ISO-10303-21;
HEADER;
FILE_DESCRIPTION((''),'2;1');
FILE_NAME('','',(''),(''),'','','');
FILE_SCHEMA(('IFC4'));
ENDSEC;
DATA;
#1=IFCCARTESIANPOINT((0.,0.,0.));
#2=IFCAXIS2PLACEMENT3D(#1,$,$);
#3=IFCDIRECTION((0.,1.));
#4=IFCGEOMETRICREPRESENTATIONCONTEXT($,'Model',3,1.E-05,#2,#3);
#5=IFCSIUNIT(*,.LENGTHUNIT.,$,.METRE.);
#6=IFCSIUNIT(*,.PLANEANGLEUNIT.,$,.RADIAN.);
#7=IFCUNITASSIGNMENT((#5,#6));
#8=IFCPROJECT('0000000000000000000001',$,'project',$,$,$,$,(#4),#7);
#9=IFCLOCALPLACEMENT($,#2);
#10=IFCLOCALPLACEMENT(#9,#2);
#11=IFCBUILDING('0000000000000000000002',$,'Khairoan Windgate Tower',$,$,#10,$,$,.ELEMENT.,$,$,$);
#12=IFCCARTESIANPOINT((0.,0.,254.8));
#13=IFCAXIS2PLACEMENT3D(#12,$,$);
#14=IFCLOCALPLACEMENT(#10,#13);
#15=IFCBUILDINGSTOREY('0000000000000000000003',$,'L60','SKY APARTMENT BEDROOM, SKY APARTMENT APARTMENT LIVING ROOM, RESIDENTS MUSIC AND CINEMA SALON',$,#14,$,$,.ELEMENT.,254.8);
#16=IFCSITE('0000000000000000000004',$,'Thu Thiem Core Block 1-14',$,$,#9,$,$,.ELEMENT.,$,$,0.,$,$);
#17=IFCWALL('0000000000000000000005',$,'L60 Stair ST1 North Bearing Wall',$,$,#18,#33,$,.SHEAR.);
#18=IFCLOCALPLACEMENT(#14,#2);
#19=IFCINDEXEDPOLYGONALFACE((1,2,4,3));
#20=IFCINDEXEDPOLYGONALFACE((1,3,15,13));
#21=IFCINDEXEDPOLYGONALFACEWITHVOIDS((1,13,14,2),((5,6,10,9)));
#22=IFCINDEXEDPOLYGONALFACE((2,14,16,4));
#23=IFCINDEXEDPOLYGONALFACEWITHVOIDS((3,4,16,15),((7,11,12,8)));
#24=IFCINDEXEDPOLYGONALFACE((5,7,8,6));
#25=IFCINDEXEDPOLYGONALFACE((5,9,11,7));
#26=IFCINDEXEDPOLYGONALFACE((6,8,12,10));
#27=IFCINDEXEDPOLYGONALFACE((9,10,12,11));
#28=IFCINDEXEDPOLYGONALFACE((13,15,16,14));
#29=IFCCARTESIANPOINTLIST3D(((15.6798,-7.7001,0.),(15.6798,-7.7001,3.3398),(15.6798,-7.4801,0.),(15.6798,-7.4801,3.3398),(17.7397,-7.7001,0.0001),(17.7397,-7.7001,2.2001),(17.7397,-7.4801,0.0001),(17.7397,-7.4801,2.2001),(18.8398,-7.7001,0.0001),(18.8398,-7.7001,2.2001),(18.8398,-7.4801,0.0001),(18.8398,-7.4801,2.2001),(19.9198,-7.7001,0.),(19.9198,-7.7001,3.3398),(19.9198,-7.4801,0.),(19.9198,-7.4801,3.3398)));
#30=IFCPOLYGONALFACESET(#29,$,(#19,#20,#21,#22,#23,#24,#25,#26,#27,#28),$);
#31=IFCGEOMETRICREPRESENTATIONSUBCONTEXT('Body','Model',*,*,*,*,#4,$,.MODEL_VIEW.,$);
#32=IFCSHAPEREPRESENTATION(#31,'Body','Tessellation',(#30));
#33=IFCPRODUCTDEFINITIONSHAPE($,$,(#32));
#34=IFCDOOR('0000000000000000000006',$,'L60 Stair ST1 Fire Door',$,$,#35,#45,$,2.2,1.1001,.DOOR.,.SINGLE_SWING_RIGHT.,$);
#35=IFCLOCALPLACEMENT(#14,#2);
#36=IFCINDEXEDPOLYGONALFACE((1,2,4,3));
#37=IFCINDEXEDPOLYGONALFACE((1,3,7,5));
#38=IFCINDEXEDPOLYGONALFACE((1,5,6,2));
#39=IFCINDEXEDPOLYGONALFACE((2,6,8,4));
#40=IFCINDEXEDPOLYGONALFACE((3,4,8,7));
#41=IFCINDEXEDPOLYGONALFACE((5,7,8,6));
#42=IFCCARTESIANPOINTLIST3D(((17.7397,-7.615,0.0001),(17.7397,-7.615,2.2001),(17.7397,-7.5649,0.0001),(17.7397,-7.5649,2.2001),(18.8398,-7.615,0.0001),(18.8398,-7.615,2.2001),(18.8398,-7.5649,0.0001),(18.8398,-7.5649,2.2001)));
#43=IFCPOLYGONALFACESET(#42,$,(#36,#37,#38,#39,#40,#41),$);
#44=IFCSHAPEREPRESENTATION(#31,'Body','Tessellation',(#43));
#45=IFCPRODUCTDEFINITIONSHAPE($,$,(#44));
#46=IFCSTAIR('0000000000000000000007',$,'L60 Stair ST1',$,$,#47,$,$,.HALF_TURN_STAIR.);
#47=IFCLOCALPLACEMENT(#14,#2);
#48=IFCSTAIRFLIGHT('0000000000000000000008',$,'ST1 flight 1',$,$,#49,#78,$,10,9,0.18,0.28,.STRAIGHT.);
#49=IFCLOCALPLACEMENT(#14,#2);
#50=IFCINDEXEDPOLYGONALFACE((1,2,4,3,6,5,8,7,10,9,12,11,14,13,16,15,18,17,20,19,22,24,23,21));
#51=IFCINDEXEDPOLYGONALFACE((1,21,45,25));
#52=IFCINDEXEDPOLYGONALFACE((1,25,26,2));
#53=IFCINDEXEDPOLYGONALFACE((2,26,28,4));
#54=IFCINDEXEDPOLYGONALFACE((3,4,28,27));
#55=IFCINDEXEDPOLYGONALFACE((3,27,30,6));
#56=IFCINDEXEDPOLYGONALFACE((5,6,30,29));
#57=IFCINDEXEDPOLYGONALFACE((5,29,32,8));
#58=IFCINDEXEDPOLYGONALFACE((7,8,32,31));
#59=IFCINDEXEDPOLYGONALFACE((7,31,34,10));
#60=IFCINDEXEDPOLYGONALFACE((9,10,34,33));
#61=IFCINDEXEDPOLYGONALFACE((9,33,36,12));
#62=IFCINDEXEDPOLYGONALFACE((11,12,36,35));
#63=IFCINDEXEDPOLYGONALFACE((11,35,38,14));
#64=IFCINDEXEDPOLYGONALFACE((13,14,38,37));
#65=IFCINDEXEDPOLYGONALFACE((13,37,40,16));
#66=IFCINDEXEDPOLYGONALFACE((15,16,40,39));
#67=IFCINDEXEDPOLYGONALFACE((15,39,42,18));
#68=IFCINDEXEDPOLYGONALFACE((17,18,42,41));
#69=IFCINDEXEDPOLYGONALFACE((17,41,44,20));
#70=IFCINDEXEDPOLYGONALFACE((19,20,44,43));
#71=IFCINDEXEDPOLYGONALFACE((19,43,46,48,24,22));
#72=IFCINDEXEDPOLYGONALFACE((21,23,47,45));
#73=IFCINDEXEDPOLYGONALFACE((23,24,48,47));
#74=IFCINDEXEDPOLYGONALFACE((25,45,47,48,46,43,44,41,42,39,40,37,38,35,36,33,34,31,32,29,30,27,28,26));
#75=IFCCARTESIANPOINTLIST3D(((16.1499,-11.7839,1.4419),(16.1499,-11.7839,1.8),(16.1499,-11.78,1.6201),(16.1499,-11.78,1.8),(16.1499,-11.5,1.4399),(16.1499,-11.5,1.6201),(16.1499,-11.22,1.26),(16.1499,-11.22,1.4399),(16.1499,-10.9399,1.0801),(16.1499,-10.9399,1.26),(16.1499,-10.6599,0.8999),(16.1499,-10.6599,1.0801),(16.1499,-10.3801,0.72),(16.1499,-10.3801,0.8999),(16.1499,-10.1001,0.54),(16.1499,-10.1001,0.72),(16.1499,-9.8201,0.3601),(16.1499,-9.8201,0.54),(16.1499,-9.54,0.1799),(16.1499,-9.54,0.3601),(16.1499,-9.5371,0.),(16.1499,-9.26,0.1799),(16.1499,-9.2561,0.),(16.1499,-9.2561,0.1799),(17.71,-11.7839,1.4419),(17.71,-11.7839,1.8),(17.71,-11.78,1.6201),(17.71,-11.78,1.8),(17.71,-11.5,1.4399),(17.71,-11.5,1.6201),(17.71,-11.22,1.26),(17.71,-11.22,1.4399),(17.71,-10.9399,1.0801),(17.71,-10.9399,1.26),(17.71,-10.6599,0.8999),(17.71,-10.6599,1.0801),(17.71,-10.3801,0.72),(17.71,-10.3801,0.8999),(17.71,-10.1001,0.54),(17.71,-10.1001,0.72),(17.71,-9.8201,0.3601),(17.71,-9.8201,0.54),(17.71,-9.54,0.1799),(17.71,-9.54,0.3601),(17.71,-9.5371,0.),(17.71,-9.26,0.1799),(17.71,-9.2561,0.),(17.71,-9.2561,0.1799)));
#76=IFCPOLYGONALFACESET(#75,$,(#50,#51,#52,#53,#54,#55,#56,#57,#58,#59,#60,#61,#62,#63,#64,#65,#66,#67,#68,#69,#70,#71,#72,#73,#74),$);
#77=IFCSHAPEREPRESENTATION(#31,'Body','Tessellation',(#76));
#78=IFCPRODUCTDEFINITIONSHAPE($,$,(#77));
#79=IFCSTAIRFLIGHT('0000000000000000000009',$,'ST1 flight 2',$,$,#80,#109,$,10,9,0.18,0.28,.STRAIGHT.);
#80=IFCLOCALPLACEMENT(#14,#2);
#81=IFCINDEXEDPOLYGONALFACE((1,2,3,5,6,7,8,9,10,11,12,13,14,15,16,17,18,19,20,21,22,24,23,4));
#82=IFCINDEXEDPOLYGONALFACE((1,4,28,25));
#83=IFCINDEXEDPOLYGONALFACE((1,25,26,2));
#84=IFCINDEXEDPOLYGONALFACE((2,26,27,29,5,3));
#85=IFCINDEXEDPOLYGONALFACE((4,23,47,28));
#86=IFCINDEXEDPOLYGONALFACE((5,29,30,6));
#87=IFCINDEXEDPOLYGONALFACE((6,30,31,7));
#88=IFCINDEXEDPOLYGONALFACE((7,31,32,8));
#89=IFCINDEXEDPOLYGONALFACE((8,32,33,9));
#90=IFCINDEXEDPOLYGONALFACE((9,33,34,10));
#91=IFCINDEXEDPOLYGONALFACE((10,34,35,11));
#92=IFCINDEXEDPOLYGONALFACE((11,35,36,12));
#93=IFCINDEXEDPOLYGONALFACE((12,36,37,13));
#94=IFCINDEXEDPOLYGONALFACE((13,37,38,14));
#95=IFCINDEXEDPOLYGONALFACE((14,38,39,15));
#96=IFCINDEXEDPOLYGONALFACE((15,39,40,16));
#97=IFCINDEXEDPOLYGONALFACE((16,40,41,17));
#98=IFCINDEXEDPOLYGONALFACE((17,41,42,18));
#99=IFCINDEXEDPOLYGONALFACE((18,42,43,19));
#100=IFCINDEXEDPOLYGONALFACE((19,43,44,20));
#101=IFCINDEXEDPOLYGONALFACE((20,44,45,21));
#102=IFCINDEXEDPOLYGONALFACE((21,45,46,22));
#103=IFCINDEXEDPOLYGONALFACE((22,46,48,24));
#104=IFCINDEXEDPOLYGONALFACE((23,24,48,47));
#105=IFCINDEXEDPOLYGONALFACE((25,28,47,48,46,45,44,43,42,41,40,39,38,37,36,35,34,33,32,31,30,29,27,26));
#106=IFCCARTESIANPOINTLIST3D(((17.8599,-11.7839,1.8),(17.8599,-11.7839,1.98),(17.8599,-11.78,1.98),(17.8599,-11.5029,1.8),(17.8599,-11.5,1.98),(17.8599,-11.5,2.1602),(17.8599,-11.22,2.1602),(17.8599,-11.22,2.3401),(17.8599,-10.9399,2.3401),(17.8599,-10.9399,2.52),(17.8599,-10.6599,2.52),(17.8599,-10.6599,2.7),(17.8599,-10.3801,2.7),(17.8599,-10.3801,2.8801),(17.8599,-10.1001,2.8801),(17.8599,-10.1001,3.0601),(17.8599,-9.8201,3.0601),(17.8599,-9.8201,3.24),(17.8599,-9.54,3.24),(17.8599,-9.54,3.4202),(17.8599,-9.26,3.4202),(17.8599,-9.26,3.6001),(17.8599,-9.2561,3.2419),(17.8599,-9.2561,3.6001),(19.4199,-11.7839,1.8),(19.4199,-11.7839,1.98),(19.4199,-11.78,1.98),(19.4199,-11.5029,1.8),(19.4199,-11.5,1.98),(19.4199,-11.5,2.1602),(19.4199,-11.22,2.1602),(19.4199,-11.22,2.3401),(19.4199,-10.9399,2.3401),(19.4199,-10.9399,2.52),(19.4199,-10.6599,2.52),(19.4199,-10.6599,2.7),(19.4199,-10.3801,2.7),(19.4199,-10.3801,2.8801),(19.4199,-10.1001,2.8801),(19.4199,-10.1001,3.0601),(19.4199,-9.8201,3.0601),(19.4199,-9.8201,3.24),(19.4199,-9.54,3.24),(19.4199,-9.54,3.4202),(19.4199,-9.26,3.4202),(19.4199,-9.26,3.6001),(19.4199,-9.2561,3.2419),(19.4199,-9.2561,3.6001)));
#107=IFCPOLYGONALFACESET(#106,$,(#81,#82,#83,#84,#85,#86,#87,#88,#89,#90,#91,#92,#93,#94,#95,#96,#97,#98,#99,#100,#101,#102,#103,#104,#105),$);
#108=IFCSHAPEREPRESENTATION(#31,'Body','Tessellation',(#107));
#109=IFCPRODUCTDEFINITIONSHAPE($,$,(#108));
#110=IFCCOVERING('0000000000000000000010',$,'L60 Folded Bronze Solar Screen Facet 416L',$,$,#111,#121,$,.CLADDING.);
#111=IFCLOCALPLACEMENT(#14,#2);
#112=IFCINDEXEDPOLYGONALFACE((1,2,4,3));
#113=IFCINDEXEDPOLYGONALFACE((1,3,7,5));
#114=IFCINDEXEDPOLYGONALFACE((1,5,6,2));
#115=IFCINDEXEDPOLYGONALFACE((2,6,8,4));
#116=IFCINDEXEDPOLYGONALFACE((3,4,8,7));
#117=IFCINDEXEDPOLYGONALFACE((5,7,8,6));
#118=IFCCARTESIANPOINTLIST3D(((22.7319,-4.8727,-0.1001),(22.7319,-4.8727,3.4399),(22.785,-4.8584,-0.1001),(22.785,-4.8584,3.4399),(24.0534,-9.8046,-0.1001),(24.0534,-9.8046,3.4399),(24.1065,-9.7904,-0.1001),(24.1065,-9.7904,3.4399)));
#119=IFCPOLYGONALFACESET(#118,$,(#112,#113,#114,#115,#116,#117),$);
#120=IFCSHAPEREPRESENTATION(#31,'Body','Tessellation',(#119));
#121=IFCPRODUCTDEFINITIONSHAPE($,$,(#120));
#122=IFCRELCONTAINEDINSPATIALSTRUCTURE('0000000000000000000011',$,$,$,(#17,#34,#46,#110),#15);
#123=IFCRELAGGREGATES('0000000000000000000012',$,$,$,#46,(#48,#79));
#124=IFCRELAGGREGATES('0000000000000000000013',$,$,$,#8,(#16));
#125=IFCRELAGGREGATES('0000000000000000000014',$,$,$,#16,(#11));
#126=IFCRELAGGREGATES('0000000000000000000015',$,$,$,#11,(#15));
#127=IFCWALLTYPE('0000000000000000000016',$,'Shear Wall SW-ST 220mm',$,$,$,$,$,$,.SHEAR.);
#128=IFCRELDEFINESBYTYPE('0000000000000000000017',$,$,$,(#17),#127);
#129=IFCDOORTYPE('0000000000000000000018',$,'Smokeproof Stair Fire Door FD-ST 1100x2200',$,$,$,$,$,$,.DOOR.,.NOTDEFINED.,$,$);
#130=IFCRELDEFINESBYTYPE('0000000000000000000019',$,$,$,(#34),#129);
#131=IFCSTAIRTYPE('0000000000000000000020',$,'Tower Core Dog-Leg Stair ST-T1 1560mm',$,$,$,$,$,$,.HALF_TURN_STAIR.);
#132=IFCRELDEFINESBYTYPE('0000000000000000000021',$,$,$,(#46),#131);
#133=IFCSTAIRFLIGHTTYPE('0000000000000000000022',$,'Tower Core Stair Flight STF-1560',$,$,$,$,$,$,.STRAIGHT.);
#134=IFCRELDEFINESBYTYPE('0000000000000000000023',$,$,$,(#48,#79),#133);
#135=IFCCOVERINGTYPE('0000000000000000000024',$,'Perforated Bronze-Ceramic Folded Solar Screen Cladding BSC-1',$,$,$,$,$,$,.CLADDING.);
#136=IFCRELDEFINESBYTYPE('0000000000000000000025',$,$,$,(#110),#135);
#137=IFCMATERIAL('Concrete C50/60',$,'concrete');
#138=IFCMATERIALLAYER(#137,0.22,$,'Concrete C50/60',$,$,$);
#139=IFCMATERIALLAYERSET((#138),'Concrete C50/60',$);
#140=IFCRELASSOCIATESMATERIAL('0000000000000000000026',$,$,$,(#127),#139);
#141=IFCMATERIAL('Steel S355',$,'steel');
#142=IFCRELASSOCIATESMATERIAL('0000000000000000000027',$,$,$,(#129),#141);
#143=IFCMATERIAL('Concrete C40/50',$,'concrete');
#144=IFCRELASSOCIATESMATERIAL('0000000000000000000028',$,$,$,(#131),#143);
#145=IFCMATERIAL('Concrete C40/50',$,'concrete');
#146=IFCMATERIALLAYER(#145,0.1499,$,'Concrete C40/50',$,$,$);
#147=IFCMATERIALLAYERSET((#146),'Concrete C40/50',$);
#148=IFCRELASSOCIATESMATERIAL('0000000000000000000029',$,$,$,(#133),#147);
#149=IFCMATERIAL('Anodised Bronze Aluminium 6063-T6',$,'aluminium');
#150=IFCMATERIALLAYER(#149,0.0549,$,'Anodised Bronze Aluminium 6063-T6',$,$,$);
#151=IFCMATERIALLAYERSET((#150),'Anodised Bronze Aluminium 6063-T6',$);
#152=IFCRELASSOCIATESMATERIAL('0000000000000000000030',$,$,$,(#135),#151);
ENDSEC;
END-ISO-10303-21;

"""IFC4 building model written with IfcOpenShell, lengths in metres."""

from ifc_helpers import new_model, si_unit, direction, frame, frame_2d, origin, origin_2d, place, context, subcontext, project, spatial, polyline, rectangle, outline, extrude, material, layer, layer_set, type_object, element, fill, aggregate, save


model = new_model("IFC4")

# Units and contexts
model_context = context("Model", 3, precision=1e-05, world=origin(), true_north=direction((0.0, 1.0)))
body_context = subcontext(model_context, "Body", "Model", "MODEL_VIEW")
ifc_project = project(units=[si_unit("LENGTHUNIT", "METRE"), si_unit("PLANEANGLEUNIT", "RADIAN")], contexts=[model_context])

# Site, building, storey
site_placement = place(None, origin())
site = spatial("IfcSite", under=ifc_project, at=site_placement, Name="Thu Thiem Core Block 1-14", CompositionType="ELEMENT", RefElevation=0.0)
building_placement = place(site_placement, origin())
building = spatial("IfcBuilding", under=site, at=building_placement, Name="Khairoan Windgate Tower", CompositionType="ELEMENT")
storey_placement = place(building_placement, frame((0.0, 0.0, 254.8)))
storey = spatial("IfcBuildingStorey", under=building, at=storey_placement, Name="L60", Description="SKY APARTMENT BEDROOM, SKY APARTMENT APARTMENT LIVING ROOM, RESIDENTS MUSIC AND CINEMA SALON", CompositionType="ELEMENT", Elevation=254.8)

# Wall, opening, door
ifc_material_1 = material(Name="Concrete C50/60", Category="concrete")
ifc_layer_1 = layer(ifc_material_1, 0.22, Name="Concrete C50/60")
ifc_layer_set_1 = layer_set([ifc_layer_1], Name="Concrete C50/60")
wall_type_1 = type_object("IfcWallType", Name="Shear Wall SW-ST 220mm", PredefinedType="SHEAR", material=ifc_layer_set_1)
wall_1_placement = place(storey_placement, frame((19.9199, -7.5901, 0.0), z_axis=(0.0, 0.0, 1.0), x_axis=(-1.0, 0.0, 0.0)))
wall_1 = element("IfcWall", 1, at=wall_1_placement, inside=storey, type_object=wall_type_1, Name="L60 Stair ST1 North Bearing Wall", PredefinedType="SHEAR", context=body_context, shape_type="SweptSolid", body=[
    extrude(rectangle(XDim=4.24, YDim=0.22, at=frame_2d((2.1201, 0.0))), origin(), (0.0, 0.0, 1.0), 3.3398),
])
opening_1_placement = place(wall_1_placement, frame((1.0801, 0.0, 0.0)))
opening_1 = element("IfcOpeningElement", 2, at=opening_1_placement, cuts=wall_1, PredefinedType="OPENING", context=body_context, shape_type="SweptSolid", body=[
    extrude(rectangle(XDim=1.1001, YDim=2.2, at=frame_2d((0.55, 1.1001))), frame((0.0, 0.1199, 0.0), z_axis=(0.0, -1.0, 0.0), x_axis=(1.0, 0.0, 0.0)), (0.0, 0.0, 1.0), 0.24),
])
ifc_material_2 = material(Name="Steel S355", Category="steel")
door_type_1 = type_object("IfcDoorType", Name="Smokeproof Stair Fire Door FD-ST 1100x2200", OperationType="NOTDEFINED", PredefinedType="DOOR", material=ifc_material_2)
door_1_placement = place(opening_1_placement, origin())
door_1 = element("IfcDoor", 3, at=door_1_placement, inside=storey, type_object=door_type_1, Name="L60 Stair ST1 Fire Door", OperationType="SINGLE_SWING_RIGHT", OverallHeight=2.2, OverallWidth=1.1001, PredefinedType="DOOR", context=body_context, shape_type="SweptSolid", body=[
    extrude(rectangle(XDim=1.1001, YDim=2.2, at=frame_2d((0.55, 1.1001))), frame((0.0, 0.0249, 0.0), z_axis=(0.0, -1.0, 0.0), x_axis=(1.0, 0.0, 0.0)), (0.0, 0.0, 1.0), 0.05),
])
fill(opening_1, door_1)

# Stair, stair flights
ifc_material_3 = material(Name="Concrete C40/50", Category="concrete")
stair_type = type_object("IfcStairType", Name="Tower Core Dog-Leg Stair ST-T1 1560mm", PredefinedType="HALF_TURN_STAIR", material=ifc_material_3)
stair_placement = place(storey_placement, origin())
stair = element("IfcStair", 4, at=stair_placement, inside=storey, type_object=stair_type, Name="L60 Stair ST1", PredefinedType="HALF_TURN_STAIR")
ifc_material_4 = material(Name="Concrete C40/50", Category="concrete")
ifc_layer_2 = layer(ifc_material_4, 0.1499, Name="Concrete C40/50")
ifc_layer_set_2 = layer_set([ifc_layer_2], Name="Concrete C40/50")
stair_flight_type = type_object("IfcStairFlightType", Name="Tower Core Stair Flight STF-1560", PredefinedType="STRAIGHT", material=ifc_layer_set_2)
stair_flight_1_placement = place(storey_placement, frame((16.9299, -9.26, 0.0), z_axis=(0.0, 0.0, 1.0), x_axis=(0.0, -1.0, 0.0)))
stair_flight_1 = element("IfcStairFlight", 5, at=stair_flight_1_placement, type_object=stair_flight_type, Name="ST1 flight 1", NumberOfRisers=10, NumberOfTreads=9, PredefinedType="STRAIGHT", RiserHeight=0.18, TreadLength=0.28, context=body_context, shape_type="SweptSolid", body=[
    extrude(outline(polyline([(-0.0039, 0.0), (-0.0039, 0.1799), (0.0, 0.1799), (0.28, 0.1799), (0.28, 0.3601), (0.5601, 0.3601), (0.5601, 0.54), (0.8401, 0.54), (0.8401, 0.72), (1.1201, 0.72), (1.1201, 0.8999), (1.3999, 0.8999), (1.3999, 1.0801), (1.6799, 1.0801), (1.6799, 1.26), (1.96, 1.26), (1.96, 1.4399), (2.24, 1.4399), (2.24, 1.6201), (2.52, 1.6201), (2.52, 1.8), (2.5239, 1.8), (2.5239, 1.4419), (0.2771, 0.0), (-0.0039, 0.0)])), frame((0.0, 0.78, 0.0), z_axis=(0.0, -1.0, 0.0), x_axis=(1.0, 0.0, 0.0)), (0.0, 0.0, 1.0), 1.5601),
])
stair_flight_2_placement = place(storey_placement, frame((18.6399, -11.78, 1.8), z_axis=(0.0, 0.0, 1.0), x_axis=(0.0, 1.0, 0.0)))
stair_flight_2 = element("IfcStairFlight", 6, at=stair_flight_2_placement, type_object=stair_flight_type, Name="ST1 flight 2", NumberOfRisers=10, NumberOfTreads=9, PredefinedType="STRAIGHT", RiserHeight=0.18, TreadLength=0.28, context=body_context, shape_type="SweptSolid", body=[
    extrude(outline(polyline([(-0.0039, 0.0), (-0.0039, 0.1799), (0.0, 0.1799), (0.28, 0.1799), (0.28, 0.3601), (0.5601, 0.3601), (0.5601, 0.54), (0.8401, 0.54), (0.8401, 0.72), (1.1201, 0.72), (1.1201, 0.8999), (1.3999, 0.8999), (1.3999, 1.0801), (1.6799, 1.0801), (1.6799, 1.26), (1.96, 1.26), (1.96, 1.4399), (2.24, 1.4399), (2.24, 1.6201), (2.52, 1.6201), (2.52, 1.8), (2.5239, 1.8), (2.5239, 1.4419), (0.2771, 0.0), (-0.0039, 0.0)])), frame((0.0, 0.78, 0.0), z_axis=(0.0, -1.0, 0.0), x_axis=(1.0, 0.0, 0.0)), (0.0, 0.0, 1.0), 1.5601),
])
aggregate(stair, [stair_flight_1, stair_flight_2])

# Covering
ifc_material_5 = material(Name="Anodised Bronze Aluminium 6063-T6", Category="aluminium")
ifc_layer_3 = layer(ifc_material_5, 0.0549, Name="Anodised Bronze Aluminium 6063-T6")
ifc_layer_set_3 = layer_set([ifc_layer_3], Name="Anodised Bronze Aluminium 6063-T6")
covering_type = type_object("IfcCoveringType", Name="Perforated Bronze-Ceramic Folded Solar Screen Cladding BSC-1", PredefinedType="CLADDING", material=ifc_layer_set_3)
covering_placement = place(storey_placement, frame((23.4192, -7.3315, -0.1001), z_axis=(0.0, 0.0, 1.0), x_axis=(0.258819, -0.965926, 0.0)))
element("IfcCovering", 7, at=covering_placement, inside=storey, type_object=covering_type, Name="L60 Folded Bronze Solar Screen Facet 416L", PredefinedType="CLADDING", context=body_context, shape_type="SweptSolid", body=[
    extrude(rectangle(XDim=5.106, YDim=0.0549, at=origin_2d()), origin(), (0.0, 0.0, 1.0), 3.54),
])

save(model, "model.ifc")
